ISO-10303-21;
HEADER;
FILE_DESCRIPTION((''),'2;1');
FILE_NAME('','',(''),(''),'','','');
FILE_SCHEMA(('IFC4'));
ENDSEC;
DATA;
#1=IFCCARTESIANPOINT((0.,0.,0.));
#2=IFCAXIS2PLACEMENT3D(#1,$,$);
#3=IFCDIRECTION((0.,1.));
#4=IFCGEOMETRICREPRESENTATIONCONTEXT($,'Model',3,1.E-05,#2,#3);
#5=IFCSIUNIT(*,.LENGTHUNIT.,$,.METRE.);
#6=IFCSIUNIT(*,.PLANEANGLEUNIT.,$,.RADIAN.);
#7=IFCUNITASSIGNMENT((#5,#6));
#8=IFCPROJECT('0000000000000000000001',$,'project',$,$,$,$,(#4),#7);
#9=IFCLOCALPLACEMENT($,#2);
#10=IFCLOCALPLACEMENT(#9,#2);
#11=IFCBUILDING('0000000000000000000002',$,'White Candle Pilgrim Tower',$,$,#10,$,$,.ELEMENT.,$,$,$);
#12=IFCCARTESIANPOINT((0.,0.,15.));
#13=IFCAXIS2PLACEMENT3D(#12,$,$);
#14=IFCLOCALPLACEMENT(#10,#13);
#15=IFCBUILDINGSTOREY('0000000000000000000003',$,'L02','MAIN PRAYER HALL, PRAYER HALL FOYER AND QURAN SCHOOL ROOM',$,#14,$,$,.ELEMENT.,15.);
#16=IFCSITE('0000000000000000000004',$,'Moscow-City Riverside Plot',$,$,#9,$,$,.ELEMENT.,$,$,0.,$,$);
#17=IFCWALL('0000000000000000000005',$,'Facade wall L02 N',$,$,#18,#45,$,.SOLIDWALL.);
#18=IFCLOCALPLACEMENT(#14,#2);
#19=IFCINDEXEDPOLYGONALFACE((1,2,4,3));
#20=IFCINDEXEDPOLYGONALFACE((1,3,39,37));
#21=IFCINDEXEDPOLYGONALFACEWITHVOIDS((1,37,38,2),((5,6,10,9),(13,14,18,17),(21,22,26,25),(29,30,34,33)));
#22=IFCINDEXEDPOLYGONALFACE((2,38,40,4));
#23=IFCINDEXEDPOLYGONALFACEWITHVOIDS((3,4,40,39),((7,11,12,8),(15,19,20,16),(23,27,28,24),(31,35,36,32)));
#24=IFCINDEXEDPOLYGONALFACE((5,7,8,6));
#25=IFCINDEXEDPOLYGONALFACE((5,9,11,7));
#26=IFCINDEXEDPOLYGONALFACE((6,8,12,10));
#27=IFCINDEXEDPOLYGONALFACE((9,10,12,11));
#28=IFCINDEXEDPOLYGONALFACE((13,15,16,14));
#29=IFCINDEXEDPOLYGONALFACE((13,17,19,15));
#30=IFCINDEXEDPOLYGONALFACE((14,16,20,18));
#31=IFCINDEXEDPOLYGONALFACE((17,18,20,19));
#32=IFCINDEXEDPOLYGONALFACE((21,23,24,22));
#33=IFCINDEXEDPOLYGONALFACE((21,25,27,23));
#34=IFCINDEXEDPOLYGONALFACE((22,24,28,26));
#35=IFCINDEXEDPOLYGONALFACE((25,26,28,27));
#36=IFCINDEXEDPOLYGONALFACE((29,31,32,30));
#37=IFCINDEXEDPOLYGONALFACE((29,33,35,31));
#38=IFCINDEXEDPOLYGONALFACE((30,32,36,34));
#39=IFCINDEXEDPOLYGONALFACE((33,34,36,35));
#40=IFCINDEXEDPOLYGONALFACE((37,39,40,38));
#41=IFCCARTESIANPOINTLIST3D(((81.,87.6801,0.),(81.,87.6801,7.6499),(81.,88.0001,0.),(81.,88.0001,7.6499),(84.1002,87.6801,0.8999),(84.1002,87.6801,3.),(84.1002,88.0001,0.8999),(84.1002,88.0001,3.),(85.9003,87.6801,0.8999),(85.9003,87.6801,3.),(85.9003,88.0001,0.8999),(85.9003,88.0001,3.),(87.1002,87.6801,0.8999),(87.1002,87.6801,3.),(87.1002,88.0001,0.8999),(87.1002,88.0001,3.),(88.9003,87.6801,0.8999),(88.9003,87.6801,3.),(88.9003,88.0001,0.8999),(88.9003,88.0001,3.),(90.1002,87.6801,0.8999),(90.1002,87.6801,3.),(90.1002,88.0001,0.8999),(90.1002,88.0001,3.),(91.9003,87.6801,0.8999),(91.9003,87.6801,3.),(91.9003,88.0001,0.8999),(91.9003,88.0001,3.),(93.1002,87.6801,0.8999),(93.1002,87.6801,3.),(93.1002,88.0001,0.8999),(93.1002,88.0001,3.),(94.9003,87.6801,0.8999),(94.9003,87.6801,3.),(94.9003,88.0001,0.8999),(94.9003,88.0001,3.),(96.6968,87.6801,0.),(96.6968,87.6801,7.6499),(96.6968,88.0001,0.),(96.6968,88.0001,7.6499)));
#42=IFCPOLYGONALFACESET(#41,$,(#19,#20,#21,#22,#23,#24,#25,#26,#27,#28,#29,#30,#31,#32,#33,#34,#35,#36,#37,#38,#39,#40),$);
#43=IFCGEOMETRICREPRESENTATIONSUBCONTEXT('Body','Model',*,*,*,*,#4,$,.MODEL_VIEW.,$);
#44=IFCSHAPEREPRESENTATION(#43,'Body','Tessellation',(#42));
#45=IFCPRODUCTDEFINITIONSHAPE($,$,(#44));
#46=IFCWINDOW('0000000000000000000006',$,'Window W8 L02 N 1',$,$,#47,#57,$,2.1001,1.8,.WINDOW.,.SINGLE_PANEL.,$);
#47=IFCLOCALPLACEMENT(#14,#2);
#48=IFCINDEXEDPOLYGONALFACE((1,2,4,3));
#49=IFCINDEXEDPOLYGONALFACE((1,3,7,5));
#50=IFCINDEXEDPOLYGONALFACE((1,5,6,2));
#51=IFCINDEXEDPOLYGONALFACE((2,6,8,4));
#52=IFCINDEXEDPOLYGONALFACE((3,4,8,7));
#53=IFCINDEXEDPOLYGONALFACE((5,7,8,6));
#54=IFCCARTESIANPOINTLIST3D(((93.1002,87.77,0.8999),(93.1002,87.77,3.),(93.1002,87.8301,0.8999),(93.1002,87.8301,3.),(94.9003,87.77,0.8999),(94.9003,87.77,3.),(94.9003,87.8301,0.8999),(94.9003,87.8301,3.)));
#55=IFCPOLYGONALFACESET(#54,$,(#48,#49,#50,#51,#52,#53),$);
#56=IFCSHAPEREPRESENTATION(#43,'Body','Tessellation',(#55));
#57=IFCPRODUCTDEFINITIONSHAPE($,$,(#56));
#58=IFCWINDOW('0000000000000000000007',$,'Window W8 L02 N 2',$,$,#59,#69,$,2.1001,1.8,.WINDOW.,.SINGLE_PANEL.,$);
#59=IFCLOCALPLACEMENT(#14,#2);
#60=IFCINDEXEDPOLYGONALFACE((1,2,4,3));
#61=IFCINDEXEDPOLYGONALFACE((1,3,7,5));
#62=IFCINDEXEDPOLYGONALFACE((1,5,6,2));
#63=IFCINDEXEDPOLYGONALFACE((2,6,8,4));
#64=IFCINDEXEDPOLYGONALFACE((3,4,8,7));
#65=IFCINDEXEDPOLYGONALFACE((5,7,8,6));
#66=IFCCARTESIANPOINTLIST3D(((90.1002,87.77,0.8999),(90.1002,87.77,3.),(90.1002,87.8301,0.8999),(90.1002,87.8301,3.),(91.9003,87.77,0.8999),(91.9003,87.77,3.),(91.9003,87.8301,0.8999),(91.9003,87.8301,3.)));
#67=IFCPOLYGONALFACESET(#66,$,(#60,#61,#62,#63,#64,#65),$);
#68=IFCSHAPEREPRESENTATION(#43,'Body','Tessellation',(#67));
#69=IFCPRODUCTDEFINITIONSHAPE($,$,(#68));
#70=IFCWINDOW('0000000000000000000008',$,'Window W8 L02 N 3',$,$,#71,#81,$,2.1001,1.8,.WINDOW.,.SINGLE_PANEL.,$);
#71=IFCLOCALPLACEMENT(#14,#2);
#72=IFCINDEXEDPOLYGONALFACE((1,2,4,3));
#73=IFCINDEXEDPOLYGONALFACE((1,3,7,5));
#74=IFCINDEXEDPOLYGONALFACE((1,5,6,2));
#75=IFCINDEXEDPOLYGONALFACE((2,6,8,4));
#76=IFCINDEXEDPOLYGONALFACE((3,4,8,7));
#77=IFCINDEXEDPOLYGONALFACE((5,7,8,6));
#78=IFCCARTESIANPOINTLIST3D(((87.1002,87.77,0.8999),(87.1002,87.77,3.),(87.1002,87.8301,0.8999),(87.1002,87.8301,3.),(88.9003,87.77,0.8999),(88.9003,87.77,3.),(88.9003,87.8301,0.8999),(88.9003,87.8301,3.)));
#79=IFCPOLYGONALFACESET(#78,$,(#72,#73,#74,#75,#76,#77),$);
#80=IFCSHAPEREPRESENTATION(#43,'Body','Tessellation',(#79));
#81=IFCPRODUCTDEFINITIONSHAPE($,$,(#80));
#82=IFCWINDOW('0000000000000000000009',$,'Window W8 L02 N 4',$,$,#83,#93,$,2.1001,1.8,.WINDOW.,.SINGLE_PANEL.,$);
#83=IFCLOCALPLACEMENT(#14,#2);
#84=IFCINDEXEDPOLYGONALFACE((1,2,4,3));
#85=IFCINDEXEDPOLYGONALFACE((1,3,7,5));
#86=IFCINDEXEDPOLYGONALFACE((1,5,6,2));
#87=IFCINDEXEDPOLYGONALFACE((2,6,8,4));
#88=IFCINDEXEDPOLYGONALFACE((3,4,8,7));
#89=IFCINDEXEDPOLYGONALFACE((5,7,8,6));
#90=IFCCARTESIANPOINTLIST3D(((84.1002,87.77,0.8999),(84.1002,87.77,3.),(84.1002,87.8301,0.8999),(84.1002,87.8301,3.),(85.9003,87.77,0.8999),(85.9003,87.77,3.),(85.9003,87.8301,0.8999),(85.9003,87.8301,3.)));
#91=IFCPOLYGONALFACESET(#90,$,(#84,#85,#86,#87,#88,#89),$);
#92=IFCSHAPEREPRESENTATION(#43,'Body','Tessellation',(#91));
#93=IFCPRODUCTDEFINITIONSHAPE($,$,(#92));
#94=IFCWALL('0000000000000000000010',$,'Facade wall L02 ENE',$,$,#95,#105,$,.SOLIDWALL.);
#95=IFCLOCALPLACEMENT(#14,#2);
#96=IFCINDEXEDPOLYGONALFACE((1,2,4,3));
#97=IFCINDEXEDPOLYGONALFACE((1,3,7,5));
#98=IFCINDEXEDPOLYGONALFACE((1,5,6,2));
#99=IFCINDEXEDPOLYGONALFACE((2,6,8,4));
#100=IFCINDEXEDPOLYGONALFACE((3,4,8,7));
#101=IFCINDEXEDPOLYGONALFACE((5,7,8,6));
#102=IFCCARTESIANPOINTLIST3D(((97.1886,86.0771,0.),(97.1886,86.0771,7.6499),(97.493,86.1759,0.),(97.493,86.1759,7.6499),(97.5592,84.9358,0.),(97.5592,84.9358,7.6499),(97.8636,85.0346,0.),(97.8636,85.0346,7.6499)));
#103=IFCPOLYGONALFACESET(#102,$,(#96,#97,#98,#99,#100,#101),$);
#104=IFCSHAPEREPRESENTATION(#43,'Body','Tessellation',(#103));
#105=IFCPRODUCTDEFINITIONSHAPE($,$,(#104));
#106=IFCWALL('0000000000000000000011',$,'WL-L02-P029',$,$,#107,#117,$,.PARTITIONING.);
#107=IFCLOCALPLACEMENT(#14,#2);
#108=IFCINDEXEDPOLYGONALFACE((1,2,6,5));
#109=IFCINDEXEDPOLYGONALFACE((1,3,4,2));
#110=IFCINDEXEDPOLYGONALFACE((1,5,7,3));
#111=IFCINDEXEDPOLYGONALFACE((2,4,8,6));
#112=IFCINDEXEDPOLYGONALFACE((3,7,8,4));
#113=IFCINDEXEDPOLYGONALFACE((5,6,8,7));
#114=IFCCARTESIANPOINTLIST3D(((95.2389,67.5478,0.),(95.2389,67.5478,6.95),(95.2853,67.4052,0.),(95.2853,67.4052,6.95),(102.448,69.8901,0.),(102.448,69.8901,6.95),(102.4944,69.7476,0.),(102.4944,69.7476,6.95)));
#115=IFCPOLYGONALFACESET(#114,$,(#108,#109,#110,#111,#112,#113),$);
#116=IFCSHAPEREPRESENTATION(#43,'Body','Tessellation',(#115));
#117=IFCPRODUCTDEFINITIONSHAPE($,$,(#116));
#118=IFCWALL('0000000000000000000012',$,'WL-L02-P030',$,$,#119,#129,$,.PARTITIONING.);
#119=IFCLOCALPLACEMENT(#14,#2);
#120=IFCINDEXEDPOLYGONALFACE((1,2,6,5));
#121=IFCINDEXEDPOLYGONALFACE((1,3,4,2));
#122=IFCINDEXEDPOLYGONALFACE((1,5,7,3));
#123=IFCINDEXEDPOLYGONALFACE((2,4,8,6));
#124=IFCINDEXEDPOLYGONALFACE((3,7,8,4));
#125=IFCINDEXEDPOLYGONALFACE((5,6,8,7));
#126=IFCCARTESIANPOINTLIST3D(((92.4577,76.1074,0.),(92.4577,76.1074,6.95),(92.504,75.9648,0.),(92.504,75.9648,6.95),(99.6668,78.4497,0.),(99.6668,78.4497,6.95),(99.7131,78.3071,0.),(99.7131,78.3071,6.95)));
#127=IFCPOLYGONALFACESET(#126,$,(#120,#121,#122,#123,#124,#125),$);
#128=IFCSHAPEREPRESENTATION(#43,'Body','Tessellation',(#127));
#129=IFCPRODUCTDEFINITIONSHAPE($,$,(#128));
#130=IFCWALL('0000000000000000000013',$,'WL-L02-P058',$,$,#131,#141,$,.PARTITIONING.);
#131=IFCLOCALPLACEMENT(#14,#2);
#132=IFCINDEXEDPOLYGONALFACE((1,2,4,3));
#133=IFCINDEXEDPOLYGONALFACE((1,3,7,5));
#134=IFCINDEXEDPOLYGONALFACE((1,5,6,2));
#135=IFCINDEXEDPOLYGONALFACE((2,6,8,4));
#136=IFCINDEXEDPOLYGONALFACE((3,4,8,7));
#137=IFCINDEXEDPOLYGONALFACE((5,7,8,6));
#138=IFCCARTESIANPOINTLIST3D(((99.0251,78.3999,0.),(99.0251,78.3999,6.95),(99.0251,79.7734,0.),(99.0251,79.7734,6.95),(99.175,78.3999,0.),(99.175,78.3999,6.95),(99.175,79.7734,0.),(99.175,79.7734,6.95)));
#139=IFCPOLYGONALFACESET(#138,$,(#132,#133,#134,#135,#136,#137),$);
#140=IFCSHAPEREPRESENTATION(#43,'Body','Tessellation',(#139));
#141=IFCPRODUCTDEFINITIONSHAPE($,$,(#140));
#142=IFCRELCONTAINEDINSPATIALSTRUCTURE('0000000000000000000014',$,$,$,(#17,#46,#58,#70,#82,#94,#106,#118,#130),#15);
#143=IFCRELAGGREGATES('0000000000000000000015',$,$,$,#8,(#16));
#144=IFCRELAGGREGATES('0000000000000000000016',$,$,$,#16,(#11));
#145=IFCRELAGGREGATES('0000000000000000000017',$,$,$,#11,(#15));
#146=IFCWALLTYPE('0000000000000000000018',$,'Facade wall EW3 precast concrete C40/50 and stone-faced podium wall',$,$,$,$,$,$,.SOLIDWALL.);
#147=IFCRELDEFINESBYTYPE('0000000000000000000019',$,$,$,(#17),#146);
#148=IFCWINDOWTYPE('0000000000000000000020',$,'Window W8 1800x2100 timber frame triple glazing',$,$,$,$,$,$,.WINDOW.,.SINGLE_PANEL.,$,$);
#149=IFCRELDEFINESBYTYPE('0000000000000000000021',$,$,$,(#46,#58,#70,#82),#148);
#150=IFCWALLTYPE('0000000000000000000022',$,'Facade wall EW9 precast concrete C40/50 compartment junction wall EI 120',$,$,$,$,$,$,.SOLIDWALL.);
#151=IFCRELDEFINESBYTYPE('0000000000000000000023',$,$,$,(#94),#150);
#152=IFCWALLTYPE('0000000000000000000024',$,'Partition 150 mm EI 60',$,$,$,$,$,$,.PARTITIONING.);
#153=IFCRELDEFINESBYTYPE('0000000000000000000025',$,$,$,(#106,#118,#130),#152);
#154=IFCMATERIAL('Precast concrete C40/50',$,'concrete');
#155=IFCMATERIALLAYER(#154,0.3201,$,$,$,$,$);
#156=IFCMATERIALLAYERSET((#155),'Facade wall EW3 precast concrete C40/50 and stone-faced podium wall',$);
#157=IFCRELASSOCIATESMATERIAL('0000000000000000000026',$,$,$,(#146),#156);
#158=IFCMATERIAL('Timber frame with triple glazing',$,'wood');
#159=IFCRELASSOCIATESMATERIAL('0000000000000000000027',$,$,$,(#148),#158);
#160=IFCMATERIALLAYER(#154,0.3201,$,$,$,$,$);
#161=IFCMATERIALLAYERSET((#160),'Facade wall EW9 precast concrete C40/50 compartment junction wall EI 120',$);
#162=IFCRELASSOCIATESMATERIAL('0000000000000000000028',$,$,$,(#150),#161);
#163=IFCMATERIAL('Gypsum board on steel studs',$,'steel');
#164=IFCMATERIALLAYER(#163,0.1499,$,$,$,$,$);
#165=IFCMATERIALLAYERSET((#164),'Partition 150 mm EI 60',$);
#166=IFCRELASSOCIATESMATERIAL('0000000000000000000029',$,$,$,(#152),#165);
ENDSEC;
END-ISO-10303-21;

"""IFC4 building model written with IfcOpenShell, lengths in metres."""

from ifc_helpers import new_model, si_unit, direction, frame, frame_2d, origin, place, context, subcontext, project, spatial, rectangle, extrude, material, layer, layer_set, type_object, element, fill, save


model = new_model("IFC4")

# Units and contexts
model_context = context("Model", 3, precision=1e-05, world=origin(), true_north=direction((0.0, 1.0)))
body_context = subcontext(model_context, "Body", "Model", "MODEL_VIEW")
ifc_project = project(units=[si_unit("LENGTHUNIT", "METRE"), si_unit("PLANEANGLEUNIT", "RADIAN")], contexts=[model_context])

# Site, building, storey
site_placement = place(None, origin())
site = spatial("IfcSite", under=ifc_project, at=site_placement, Name="Moscow-City Riverside Plot", CompositionType="ELEMENT", RefElevation=0.0)
building_placement = place(site_placement, origin())
building = spatial("IfcBuilding", under=site, at=building_placement, Name="White Candle Pilgrim Tower", CompositionType="ELEMENT")
storey_placement = place(building_placement, frame((0.0, 0.0, 15.0)))
storey = spatial("IfcBuildingStorey", under=building, at=storey_placement, Name="L02", Description="MAIN PRAYER HALL, PRAYER HALL FOYER AND QURAN SCHOOL ROOM", CompositionType="ELEMENT", Elevation=15.0)

# Shared definitions
ifc_material_1 = material(Name="Precast concrete C40/50", Category="concrete")
ifc_layer_1 = layer(ifc_material_1, 0.3201)
ifc_layer_set_1 = layer_set([ifc_layer_1], Name="Facade wall EW3 precast concrete C40/50 and stone-faced podium wall")
wall_type_1 = type_object("IfcWallType", Name="Facade wall EW3 precast concrete C40/50 and stone-faced podium wall", PredefinedType="SOLIDWALL", material=ifc_layer_set_1)

# Wall, openings, windows
wall_1_placement = place(storey_placement, frame((96.6968, 87.8401, 0.0), z_axis=(0.0, 0.0, 1.0), x_axis=(-1.0, 0.0, 0.0)))
wall_1 = element("IfcWall", 1, at=wall_1_placement, inside=storey, type_object=wall_type_1, Name="Facade wall L02 N", PredefinedType="SOLIDWALL", context=body_context, shape_type="SweptSolid", body=[
    extrude(rectangle(XDim=15.6968, YDim=0.3201, at=frame_2d((7.8484, 0.0))), origin(), (0.0, 0.0, 1.0), 7.6499),
])
opening_1_placement = place(wall_1_placement, frame((1.7966, 0.0, 0.8999)))
opening_1 = element("IfcOpeningElement", 2, at=opening_1_placement, cuts=wall_1, PredefinedType="OPENING", context=body_context, shape_type="SweptSolid", body=[
    extrude(rectangle(XDim=1.8, YDim=2.1001, at=frame_2d((0.8999, 1.05))), frame((0.0, 0.1699, 0.0), z_axis=(0.0, -1.0, 0.0), x_axis=(1.0, 0.0, 0.0)), (0.0, 0.0, 1.0), 0.3401),
])
opening_2_placement = place(wall_1_placement, frame((4.7966, 0.0, 0.8999)))
opening_2 = element("IfcOpeningElement", 3, at=opening_2_placement, cuts=wall_1, PredefinedType="OPENING", context=body_context, shape_type="SweptSolid", body=[
    extrude(rectangle(XDim=1.8, YDim=2.1001, at=frame_2d((0.8999, 1.05))), frame((0.0, 0.1699, 0.0), z_axis=(0.0, -1.0, 0.0), x_axis=(1.0, 0.0, 0.0)), (0.0, 0.0, 1.0), 0.3401),
])
opening_3_placement = place(wall_1_placement, frame((7.7966, 0.0, 0.8999)))
opening_3 = element("IfcOpeningElement", 4, at=opening_3_placement, cuts=wall_1, PredefinedType="OPENING", context=body_context, shape_type="SweptSolid", body=[
    extrude(rectangle(XDim=1.8, YDim=2.1001, at=frame_2d((0.8999, 1.05))), frame((0.0, 0.1699, 0.0), z_axis=(0.0, -1.0, 0.0), x_axis=(1.0, 0.0, 0.0)), (0.0, 0.0, 1.0), 0.3401),
])
opening_4_placement = place(wall_1_placement, frame((10.7966, 0.0, 0.8999)))
opening_4 = element("IfcOpeningElement", 5, at=opening_4_placement, cuts=wall_1, PredefinedType="OPENING", context=body_context, shape_type="SweptSolid", body=[
    extrude(rectangle(XDim=1.8, YDim=2.1001, at=frame_2d((0.8999, 1.05))), frame((0.0, 0.1699, 0.0), z_axis=(0.0, -1.0, 0.0), x_axis=(1.0, 0.0, 0.0)), (0.0, 0.0, 1.0), 0.3401),
])
ifc_material_2 = material(Name="Timber frame with triple glazing", Category="wood")
window_type = type_object("IfcWindowType", Name="Window W8 1800x2100 timber frame triple glazing", PartitioningType="SINGLE_PANEL", PredefinedType="WINDOW", material=ifc_material_2)
window_1_placement = place(opening_1_placement, origin())
window_1 = element("IfcWindow", 6, at=window_1_placement, inside=storey, type_object=window_type, Name="Window W8 L02 N 1", OverallHeight=2.1001, OverallWidth=1.8, PartitioningType="SINGLE_PANEL", PredefinedType="WINDOW", context=body_context, shape_type="SweptSolid", body=[
    extrude(rectangle(XDim=1.8, YDim=2.1001, at=frame_2d((0.8999, 1.05))), frame((0.0, 0.0701, 0.0), z_axis=(0.0, -1.0, 0.0), x_axis=(1.0, 0.0, 0.0)), (0.0, 0.0, 1.0), 0.0601),
])
fill(opening_1, window_1)
window_2_placement = place(opening_2_placement, origin())
window_2 = element("IfcWindow", 7, at=window_2_placement, inside=storey, type_object=window_type, Name="Window W8 L02 N 2", OverallHeight=2.1001, OverallWidth=1.8, PartitioningType="SINGLE_PANEL", PredefinedType="WINDOW", context=body_context, shape_type="SweptSolid", body=[
    extrude(rectangle(XDim=1.8, YDim=2.1001, at=frame_2d((0.8999, 1.05))), frame((0.0, 0.0701, 0.0), z_axis=(0.0, -1.0, 0.0), x_axis=(1.0, 0.0, 0.0)), (0.0, 0.0, 1.0), 0.0601),
])
fill(opening_2, window_2)
window_3_placement = place(opening_3_placement, origin())
window_3 = element("IfcWindow", 8, at=window_3_placement, inside=storey, type_object=window_type, Name="Window W8 L02 N 3", OverallHeight=2.1001, OverallWidth=1.8, PartitioningType="SINGLE_PANEL", PredefinedType="WINDOW", context=body_context, shape_type="SweptSolid", body=[
    extrude(rectangle(XDim=1.8, YDim=2.1001, at=frame_2d((0.8999, 1.05))), frame((0.0, 0.0701, 0.0), z_axis=(0.0, -1.0, 0.0), x_axis=(1.0, 0.0, 0.0)), (0.0, 0.0, 1.0), 0.0601),
])
fill(opening_3, window_3)
window_4_placement = place(opening_4_placement, origin())
window_4 = element("IfcWindow", 9, at=window_4_placement, inside=storey, type_object=window_type, Name="Window W8 L02 N 4", OverallHeight=2.1001, OverallWidth=1.8, PartitioningType="SINGLE_PANEL", PredefinedType="WINDOW", context=body_context, shape_type="SweptSolid", body=[
    extrude(rectangle(XDim=1.8, YDim=2.1001, at=frame_2d((0.8999, 1.05))), frame((0.0, 0.0701, 0.0), z_axis=(0.0, -1.0, 0.0), x_axis=(1.0, 0.0, 0.0)), (0.0, 0.0, 1.0), 0.0601),
])
fill(opening_4, window_4)

# Walls
ifc_layer_2 = layer(ifc_material_1, 0.3201)
ifc_layer_set_2 = layer_set([ifc_layer_2], Name="Facade wall EW9 precast concrete C40/50 compartment junction wall EI 120")
wall_type_2 = type_object("IfcWallType", Name="Facade wall EW9 precast concrete C40/50 compartment junction wall EI 120", PredefinedType="SOLIDWALL", material=ifc_layer_set_2)
wall_2_placement = place(storey_placement, frame((97.7114, 84.9851, 0.0), z_axis=(0.0, 0.0, 1.0), x_axis=(-0.308833, 0.951116, 0.0)))
element("IfcWall", 10, at=wall_2_placement, inside=storey, type_object=wall_type_2, Name="Facade wall L02 ENE", PredefinedType="SOLIDWALL", context=body_context, shape_type="SweptSolid", body=[
    extrude(rectangle(XDim=1.2, YDim=0.3201, at=frame_2d((0.6001, 0.0))), origin(), (0.0, 0.0, 1.0), 7.6499),
])
ifc_material_3 = material(Name="Gypsum board on steel studs", Category="steel")
ifc_layer_3 = layer(ifc_material_3, 0.1499)
ifc_layer_set_3 = layer_set([ifc_layer_3], Name="Partition 150 mm EI 60")
wall_type_3 = type_object("IfcWallType", Name="Partition 150 mm EI 60", PredefinedType="PARTITIONING", material=ifc_layer_set_3)
for number, where, z_axis, x_axis, name in (
    (11, (102.4712, 69.8188, 0.0), (0.0, 0.0, 1.0), (-0.951059, -0.30901, 0.0), "WL-L02-P029"),
    (12, (99.6899, 78.3784, 0.0), (0.0, 0.0, 1.0), (-0.951059, -0.30901, 0.0), "WL-L02-P030"),
):
    element("IfcWall", number, at=place(storey_placement, frame(where, z_axis=z_axis, x_axis=x_axis)), inside=storey, type_object=wall_type_3, Name=name, PredefinedType="PARTITIONING", context=body_context, shape_type="SweptSolid", body=[
        extrude(rectangle(XDim=7.5801, YDim=0.1499, at=frame_2d((3.79, 0.0))), origin(), (0.0, 0.0, 1.0), 6.95),
    ])
wall_3_placement = place(storey_placement, frame((99.1001, 78.3999, 0.0), z_axis=(0.0, 0.0, 1.0), x_axis=(0.0, 1.0, 0.0)))
element("IfcWall", 13, at=wall_3_placement, inside=storey, type_object=wall_type_3, Name="WL-L02-P058", PredefinedType="PARTITIONING", context=body_context, shape_type="SweptSolid", body=[
    extrude(rectangle(XDim=1.3735, YDim=0.1499, at=frame_2d((0.6868, 0.0))), origin(), (0.0, 0.0, 1.0), 6.95),
])

save(model, "model.ifc")
